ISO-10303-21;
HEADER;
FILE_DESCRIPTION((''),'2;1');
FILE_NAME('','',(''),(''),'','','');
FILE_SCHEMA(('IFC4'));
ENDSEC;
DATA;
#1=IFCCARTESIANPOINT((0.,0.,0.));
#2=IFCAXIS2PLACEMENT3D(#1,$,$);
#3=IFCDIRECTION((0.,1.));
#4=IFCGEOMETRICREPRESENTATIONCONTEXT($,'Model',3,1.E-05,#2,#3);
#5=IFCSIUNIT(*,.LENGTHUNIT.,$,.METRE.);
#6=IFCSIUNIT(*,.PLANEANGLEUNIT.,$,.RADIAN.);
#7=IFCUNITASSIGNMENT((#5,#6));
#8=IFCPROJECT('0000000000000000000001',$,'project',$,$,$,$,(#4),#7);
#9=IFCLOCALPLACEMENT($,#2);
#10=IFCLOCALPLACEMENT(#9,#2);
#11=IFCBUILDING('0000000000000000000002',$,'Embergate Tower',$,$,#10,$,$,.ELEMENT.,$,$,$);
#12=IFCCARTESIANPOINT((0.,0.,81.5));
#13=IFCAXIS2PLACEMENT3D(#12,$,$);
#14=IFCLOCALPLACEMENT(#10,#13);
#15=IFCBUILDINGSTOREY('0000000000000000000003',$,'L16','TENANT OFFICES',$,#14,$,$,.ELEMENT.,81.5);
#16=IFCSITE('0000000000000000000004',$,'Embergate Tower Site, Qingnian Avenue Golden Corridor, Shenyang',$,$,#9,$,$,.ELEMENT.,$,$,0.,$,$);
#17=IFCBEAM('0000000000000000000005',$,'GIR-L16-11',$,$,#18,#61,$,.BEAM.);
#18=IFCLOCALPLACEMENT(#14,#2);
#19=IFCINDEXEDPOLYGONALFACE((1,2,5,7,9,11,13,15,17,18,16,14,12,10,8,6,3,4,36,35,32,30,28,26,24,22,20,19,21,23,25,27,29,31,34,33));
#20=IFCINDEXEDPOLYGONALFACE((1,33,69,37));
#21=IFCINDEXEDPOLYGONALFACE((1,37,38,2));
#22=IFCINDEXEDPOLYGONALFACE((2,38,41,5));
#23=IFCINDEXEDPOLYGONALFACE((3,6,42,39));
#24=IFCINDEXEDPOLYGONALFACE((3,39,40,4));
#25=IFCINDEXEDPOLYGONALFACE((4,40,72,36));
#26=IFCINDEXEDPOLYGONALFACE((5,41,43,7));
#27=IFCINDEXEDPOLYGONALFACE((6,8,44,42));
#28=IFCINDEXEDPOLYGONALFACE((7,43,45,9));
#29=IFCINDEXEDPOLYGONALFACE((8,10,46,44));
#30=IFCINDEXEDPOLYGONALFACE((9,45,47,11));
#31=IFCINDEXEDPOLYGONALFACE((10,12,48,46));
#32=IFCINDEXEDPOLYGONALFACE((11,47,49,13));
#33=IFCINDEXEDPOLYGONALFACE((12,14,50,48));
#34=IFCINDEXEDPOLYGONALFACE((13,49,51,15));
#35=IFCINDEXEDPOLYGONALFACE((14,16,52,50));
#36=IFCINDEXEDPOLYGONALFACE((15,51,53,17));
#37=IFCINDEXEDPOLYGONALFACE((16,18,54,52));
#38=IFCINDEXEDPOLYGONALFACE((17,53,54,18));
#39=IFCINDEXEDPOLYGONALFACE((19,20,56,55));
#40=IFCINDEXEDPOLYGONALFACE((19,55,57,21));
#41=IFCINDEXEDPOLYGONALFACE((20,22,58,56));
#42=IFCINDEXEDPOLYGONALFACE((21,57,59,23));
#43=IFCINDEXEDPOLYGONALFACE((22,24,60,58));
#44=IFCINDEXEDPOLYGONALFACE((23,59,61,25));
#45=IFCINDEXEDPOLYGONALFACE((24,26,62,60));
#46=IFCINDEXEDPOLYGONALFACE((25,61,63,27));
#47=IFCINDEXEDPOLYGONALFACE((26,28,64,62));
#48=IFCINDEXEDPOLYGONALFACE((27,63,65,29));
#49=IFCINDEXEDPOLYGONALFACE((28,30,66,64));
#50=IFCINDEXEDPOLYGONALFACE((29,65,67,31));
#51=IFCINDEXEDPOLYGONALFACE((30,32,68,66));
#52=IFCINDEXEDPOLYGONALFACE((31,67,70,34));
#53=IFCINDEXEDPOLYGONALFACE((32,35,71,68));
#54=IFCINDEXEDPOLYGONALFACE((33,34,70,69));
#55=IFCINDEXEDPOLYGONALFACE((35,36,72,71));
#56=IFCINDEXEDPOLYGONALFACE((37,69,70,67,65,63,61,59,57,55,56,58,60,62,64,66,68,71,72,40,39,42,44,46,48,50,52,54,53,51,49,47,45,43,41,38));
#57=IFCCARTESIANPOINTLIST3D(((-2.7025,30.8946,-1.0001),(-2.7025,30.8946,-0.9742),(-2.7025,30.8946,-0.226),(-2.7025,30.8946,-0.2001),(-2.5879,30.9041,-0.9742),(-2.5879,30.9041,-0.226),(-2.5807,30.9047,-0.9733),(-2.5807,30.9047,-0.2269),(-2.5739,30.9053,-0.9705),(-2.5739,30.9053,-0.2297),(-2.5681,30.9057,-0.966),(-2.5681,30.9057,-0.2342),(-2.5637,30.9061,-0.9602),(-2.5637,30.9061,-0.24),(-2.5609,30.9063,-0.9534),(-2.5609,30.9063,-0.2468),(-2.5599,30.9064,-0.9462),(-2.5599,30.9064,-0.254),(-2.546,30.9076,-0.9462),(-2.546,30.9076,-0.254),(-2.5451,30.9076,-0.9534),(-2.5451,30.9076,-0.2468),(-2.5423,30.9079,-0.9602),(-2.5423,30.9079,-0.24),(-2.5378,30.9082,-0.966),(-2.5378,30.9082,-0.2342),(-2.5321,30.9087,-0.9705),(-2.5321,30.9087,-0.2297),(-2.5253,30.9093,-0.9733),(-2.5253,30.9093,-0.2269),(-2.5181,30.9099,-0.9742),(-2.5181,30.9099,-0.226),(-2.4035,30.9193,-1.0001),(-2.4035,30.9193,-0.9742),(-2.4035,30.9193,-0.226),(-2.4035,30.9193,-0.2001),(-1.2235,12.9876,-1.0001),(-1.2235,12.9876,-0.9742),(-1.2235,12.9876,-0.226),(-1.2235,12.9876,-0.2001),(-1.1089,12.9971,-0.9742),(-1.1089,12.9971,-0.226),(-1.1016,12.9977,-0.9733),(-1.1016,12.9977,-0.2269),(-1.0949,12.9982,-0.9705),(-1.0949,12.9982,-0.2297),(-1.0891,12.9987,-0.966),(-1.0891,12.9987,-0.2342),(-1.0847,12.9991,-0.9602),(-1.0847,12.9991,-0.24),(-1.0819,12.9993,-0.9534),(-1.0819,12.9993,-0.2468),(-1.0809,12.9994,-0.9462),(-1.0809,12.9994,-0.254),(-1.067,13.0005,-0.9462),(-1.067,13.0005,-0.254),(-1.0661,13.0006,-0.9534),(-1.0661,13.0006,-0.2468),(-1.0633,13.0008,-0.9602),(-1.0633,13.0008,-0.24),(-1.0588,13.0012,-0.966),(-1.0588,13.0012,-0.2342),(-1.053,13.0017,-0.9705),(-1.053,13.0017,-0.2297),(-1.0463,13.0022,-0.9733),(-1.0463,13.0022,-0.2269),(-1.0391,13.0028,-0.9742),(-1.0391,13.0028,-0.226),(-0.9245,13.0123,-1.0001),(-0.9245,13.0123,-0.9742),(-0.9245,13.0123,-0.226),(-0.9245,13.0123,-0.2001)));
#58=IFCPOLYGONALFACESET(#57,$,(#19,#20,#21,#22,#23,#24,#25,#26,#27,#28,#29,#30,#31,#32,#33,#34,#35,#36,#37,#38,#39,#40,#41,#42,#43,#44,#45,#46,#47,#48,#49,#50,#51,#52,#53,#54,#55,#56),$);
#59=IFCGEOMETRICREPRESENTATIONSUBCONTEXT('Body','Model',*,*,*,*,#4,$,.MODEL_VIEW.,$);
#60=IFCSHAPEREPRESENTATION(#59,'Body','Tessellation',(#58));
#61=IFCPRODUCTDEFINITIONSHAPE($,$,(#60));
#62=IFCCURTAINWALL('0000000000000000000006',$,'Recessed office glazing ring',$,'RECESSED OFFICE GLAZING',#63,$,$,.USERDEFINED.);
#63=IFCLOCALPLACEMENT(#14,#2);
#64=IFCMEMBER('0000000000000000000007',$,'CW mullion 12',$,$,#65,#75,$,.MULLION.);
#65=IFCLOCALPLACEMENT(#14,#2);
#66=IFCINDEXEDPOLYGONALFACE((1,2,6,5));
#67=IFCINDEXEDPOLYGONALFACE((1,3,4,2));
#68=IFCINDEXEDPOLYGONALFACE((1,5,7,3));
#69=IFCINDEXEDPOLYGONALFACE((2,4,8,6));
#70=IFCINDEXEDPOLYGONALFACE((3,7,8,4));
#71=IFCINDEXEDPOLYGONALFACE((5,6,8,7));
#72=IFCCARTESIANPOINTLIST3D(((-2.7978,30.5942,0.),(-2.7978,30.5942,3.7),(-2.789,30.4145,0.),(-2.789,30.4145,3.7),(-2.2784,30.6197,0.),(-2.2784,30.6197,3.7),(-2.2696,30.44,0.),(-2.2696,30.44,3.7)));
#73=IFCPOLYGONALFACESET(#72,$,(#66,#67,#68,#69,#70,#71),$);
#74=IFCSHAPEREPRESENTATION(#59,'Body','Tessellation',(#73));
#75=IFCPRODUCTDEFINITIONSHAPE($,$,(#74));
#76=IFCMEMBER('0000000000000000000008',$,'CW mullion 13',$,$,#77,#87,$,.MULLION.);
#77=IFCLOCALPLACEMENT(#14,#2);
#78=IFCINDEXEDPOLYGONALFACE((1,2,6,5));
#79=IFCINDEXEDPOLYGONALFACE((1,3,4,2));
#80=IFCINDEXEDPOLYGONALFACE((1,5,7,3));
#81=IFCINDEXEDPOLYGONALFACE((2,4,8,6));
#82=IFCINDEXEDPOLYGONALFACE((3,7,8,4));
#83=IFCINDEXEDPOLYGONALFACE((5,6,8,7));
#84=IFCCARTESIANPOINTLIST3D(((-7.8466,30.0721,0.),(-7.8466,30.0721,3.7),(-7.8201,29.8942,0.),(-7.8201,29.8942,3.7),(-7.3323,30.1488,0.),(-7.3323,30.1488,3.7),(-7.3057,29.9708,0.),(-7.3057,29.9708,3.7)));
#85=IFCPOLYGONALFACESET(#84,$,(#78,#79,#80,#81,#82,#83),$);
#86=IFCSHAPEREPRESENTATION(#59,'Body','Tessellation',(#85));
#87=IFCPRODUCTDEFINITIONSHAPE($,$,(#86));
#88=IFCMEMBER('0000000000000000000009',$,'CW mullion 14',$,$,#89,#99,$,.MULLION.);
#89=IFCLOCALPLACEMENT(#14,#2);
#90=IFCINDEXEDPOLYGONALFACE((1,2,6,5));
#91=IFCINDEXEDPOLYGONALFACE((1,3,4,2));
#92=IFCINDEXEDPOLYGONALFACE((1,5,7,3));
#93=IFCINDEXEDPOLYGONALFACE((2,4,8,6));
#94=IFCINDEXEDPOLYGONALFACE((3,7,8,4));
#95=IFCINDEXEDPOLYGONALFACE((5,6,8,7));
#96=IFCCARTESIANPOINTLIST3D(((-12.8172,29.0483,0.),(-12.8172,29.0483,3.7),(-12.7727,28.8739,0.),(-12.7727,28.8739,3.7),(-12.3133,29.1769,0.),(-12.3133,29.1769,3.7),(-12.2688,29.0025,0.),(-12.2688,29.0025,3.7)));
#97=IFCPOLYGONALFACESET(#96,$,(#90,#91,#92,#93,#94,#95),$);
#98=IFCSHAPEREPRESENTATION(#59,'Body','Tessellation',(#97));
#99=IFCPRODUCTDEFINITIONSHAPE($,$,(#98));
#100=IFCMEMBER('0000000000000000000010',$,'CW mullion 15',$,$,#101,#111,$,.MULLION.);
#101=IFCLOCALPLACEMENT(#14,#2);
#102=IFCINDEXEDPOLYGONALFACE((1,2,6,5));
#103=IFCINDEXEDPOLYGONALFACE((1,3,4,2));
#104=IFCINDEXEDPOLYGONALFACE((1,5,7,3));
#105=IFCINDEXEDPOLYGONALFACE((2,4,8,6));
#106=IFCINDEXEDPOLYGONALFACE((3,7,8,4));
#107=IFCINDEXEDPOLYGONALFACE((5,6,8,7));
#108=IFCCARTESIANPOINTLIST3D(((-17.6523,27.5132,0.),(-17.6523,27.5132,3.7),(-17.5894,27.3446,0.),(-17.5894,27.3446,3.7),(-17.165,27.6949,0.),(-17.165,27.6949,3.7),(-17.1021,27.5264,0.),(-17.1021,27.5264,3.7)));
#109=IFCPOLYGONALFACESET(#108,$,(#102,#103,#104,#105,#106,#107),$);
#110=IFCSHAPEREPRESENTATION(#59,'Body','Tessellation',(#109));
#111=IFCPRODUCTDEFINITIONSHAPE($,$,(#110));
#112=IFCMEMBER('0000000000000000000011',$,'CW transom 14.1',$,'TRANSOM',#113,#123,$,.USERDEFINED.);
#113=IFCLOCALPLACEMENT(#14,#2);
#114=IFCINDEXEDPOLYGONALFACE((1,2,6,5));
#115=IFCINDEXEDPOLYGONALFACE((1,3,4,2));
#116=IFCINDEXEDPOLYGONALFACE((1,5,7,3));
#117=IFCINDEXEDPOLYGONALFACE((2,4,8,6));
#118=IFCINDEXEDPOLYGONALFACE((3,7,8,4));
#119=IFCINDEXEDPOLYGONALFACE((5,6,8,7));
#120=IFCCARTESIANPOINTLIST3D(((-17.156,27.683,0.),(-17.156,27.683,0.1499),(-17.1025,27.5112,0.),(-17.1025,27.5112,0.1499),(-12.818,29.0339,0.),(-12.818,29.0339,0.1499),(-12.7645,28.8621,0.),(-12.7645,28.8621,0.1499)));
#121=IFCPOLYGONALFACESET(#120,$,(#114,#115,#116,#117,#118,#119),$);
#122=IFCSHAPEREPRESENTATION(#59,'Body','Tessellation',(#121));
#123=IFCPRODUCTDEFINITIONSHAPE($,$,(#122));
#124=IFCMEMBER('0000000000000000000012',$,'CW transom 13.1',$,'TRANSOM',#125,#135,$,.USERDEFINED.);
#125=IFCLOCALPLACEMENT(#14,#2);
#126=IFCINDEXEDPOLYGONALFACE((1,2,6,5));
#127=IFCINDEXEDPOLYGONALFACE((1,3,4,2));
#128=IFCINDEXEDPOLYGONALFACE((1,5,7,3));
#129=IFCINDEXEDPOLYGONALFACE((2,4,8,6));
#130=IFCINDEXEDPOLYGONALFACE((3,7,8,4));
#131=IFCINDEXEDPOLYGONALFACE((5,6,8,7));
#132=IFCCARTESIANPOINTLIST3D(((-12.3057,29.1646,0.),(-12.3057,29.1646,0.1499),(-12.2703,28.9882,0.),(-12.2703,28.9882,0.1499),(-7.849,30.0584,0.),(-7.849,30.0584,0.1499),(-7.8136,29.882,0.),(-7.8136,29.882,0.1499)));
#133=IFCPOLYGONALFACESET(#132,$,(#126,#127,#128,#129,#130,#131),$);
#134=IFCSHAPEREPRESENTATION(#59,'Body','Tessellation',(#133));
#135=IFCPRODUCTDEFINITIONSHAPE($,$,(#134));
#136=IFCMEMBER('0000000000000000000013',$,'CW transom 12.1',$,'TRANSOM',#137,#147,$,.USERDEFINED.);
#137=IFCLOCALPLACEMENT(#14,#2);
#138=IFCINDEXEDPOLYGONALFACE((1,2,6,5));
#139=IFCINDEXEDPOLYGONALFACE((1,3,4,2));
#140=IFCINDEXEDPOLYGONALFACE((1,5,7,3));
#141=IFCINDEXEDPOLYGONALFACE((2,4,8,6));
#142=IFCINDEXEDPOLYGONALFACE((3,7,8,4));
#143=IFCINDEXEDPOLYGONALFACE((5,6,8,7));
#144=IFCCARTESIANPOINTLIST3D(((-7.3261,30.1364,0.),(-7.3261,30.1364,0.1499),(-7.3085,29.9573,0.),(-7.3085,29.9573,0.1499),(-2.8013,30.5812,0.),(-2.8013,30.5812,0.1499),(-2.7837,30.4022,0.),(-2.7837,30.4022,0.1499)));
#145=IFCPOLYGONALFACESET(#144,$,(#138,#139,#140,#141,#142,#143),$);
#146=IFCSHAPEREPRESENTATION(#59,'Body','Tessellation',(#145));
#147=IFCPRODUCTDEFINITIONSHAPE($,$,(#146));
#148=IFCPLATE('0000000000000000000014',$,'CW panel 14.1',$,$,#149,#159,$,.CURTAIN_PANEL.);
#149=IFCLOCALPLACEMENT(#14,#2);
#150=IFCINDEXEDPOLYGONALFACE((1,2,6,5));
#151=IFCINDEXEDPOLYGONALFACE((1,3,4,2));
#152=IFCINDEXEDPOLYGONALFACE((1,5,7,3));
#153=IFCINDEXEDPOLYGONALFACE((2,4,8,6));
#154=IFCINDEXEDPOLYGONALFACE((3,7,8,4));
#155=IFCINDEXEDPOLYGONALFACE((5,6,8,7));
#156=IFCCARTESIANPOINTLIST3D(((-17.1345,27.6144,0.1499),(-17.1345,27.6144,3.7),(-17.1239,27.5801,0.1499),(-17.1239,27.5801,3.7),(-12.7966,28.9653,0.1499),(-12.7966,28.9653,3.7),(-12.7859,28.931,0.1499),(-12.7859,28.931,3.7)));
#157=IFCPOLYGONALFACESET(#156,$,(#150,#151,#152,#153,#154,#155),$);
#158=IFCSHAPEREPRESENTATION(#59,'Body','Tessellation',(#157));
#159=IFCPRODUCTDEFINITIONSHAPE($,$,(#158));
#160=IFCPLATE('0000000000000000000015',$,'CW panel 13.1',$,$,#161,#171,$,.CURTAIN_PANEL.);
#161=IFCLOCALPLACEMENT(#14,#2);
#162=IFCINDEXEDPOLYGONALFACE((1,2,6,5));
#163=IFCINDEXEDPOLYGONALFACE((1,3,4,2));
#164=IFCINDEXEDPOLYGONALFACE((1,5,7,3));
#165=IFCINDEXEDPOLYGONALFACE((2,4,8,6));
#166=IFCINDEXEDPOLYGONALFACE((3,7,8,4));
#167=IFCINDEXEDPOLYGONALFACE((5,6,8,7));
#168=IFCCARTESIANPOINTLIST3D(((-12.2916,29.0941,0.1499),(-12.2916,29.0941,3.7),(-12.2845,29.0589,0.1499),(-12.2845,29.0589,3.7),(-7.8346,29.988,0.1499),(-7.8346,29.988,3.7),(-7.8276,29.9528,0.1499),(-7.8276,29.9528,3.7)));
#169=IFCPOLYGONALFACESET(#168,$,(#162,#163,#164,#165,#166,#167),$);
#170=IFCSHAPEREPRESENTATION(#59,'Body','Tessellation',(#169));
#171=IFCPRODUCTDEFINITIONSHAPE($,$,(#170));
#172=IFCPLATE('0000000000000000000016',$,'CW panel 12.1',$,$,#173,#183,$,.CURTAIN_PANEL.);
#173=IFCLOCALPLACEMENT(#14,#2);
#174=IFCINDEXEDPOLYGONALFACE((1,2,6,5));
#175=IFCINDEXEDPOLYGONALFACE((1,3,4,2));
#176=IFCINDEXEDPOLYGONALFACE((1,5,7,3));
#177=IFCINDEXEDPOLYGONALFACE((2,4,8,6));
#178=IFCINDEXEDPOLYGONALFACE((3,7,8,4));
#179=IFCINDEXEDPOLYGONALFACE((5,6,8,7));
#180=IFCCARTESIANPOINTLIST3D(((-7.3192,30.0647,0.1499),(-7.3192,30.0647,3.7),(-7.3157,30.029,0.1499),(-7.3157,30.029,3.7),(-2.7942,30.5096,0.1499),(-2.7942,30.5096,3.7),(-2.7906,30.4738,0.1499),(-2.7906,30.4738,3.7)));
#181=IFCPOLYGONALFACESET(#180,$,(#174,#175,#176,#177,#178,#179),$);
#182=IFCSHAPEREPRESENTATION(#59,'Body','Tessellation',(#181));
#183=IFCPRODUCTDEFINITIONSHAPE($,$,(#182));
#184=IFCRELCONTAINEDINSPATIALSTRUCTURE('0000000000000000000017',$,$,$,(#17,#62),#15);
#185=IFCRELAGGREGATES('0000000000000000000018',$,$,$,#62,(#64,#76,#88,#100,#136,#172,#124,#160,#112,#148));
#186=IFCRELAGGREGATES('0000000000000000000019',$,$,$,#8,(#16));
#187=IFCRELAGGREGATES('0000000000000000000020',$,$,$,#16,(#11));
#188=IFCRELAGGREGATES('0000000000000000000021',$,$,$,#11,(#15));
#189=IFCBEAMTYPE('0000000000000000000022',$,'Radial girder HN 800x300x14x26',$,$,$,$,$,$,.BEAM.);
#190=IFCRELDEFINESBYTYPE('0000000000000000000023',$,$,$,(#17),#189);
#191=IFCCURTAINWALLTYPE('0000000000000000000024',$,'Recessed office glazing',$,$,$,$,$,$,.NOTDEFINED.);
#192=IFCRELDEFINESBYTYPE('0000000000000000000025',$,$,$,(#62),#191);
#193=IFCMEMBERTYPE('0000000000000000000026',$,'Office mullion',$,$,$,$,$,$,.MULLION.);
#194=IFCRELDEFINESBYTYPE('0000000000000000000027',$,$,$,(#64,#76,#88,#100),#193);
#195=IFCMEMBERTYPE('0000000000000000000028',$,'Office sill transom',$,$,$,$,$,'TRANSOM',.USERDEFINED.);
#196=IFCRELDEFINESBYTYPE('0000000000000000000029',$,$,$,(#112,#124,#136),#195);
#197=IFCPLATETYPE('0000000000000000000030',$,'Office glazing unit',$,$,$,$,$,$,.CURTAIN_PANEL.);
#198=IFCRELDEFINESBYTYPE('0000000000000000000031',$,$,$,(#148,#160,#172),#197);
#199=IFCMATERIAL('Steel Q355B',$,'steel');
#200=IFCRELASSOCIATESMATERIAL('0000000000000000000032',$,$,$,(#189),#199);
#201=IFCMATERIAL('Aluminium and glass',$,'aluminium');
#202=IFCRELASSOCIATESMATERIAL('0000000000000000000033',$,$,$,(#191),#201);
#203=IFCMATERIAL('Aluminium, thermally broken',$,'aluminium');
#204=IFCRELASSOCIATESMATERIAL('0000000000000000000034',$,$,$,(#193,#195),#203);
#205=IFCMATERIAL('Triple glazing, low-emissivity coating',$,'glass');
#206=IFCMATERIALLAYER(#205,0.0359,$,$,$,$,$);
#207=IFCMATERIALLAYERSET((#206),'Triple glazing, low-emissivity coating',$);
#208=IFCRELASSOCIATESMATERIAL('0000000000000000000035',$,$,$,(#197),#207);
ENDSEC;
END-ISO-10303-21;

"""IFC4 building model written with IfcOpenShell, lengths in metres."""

from ifc_helpers import new_model, si_unit, direction, frame, origin, origin_2d, place, context, subcontext, project, spatial, rectangle, i_section, extrude, source, transform, mapped, material, layer, layer_set, material_profile, profile_set, type_object, element, aggregate, save


model = new_model("IFC4")

# Units and contexts
model_context = context("Model", 3, precision=1e-05, world=origin(), true_north=direction((0.0, 1.0)))
body_context = subcontext(model_context, "Body", "Model", "MODEL_VIEW")
ifc_project = project(units=[si_unit("LENGTHUNIT", "METRE"), si_unit("PLANEANGLEUNIT", "RADIAN")], contexts=[model_context])

# Site, building, storey
site_placement = place(None, origin())
site = spatial("IfcSite", under=ifc_project, at=site_placement, Name="Embergate Tower Site, Qingnian Avenue Golden Corridor, Shenyang", CompositionType="ELEMENT", RefElevation=0.0)
building_placement = place(site_placement, origin())
building = spatial("IfcBuilding", under=site, at=building_placement, Name="Embergate Tower", CompositionType="ELEMENT")
storey_placement = place(building_placement, frame((0.0, 0.0, 81.5)))
storey = spatial("IfcBuildingStorey", under=building, at=storey_placement, Name="L16", Description="TENANT OFFICES", CompositionType="ELEMENT", Elevation=81.5)

# Beam
ifc_material_1 = material(Name="Steel Q355B", Category="steel")
ifc_material_profile_1 = material_profile(ifc_material_1, i_section(OverallWidth=0.3, OverallDepth=0.8, WebThickness=0.0139, FlangeThickness=0.0259, FilletRadius=0.0281, at=origin_2d()), Name="HN 800x300x14x26")
ifc_profile_set_1 = profile_set([ifc_material_profile_1], Name="Steel Q355 grade B")
beam_type_1 = type_object("IfcBeamType", Name="Radial girder HN 800x300x14x26", PredefinedType="BEAM", material=ifc_profile_set_1)
shared_shape_1 = source(origin(), body_context, "Body", "SweptSolid", [
    extrude(i_section(OverallWidth=0.3, OverallDepth=0.8, WebThickness=0.0139, FlangeThickness=0.0259, FilletRadius=0.0281, at=origin_2d()), origin(), (0.0, 0.0, 1.0), 17.968),
])
beam_1_placement = place(storey_placement, frame((-2.553, 30.907, -0.6001), z_axis=(0.082313, -0.996606, 0.0), x_axis=(0.996606, 0.082313, 0.0)))
element("IfcBeam", 1, at=beam_1_placement, inside=storey, type_object=beam_type_1, Name="GIR-L16-11", PredefinedType="BEAM", context=body_context, shape_type="MappedRepresentation", body=[
    mapped(shared_shape_1, transform((0.0, 0.0, 0.0))),
])

# Curtain wall, members, plates
ifc_material_2 = material(Name="Aluminium and glass", Category="aluminium")
curtain_wall_type = type_object("IfcCurtainWallType", Name="Recessed office glazing", PredefinedType="NOTDEFINED", material=ifc_material_2)
curtain_wall_placement = place(storey_placement, origin())
curtain_wall = element("IfcCurtainWall", 2, at=curtain_wall_placement, inside=storey, type_object=curtain_wall_type, Name="Recessed office glazing ring", ObjectType="RECESSED OFFICE GLAZING", PredefinedType="USERDEFINED")
ifc_material_3 = material(Name="Aluminium, thermally broken", Category="aluminium")
ifc_material_profile_2 = material_profile(ifc_material_3, rectangle(XDim=0.1799, YDim=0.52, at=origin_2d()), Name="AL 520x180")
ifc_profile_set_2 = profile_set([ifc_material_profile_2], Name="Aluminium, thermally broken")
member_type_1 = type_object("IfcMemberType", Name="Office mullion", PredefinedType="MULLION", material=ifc_profile_set_2)
shared_shape_2 = source(origin(), body_context, "Body", "SweptSolid", [
    extrude(rectangle(XDim=0.1799, YDim=0.52, at=origin_2d()), origin(), (0.0, 0.0, 1.0), 3.7),
])
member_1_placement = place(storey_placement, frame((-2.5337, 30.5171, 0.0), z_axis=(0.0, 0.0, 1.0), x_axis=(0.048972, -0.9988, 0.0)))
member_1 = element("IfcMember", 3, at=member_1_placement, type_object=member_type_1, Name="CW mullion 12", PredefinedType="MULLION", context=body_context, shape_type="MappedRepresentation", body=[
    mapped(shared_shape_2, transform((0.0, 0.0, 0.0))),
])
member_2_placement = place(storey_placement, frame((-7.5762, 30.0215, 0.0), z_axis=(0.0, 0.0, 1.0), x_axis=(0.147412, -0.989075, 0.0)))
member_2 = element("IfcMember", 4, at=member_2_placement, type_object=member_type_1, Name="CW mullion 13", PredefinedType="MULLION", context=body_context, shape_type="MappedRepresentation", body=[
    mapped(shared_shape_2, transform((0.0, 0.0, 0.0))),
])
member_3_placement = place(storey_placement, frame((-12.543, 29.0254, 0.0), z_axis=(0.0, 0.0, 1.0), x_axis=(0.247312, -0.968936, 0.0)))
member_3 = element("IfcMember", 5, at=member_3_placement, type_object=member_type_1, Name="CW mullion 14", PredefinedType="MULLION", context=body_context, shape_type="MappedRepresentation", body=[
    mapped(shared_shape_2, transform((0.0, 0.0, 0.0))),
])
member_4_placement = place(storey_placement, frame((-17.3772, 27.5198, 0.0), z_axis=(0.0, 0.0, 1.0), x_axis=(0.349503, -0.936935, 0.0)))
member_4 = element("IfcMember", 6, at=member_4_placement, type_object=member_type_1, Name="CW mullion 15", PredefinedType="MULLION", context=body_context, shape_type="MappedRepresentation", body=[
    mapped(shared_shape_2, transform((0.0, 0.0, 0.0))),
])
ifc_material_profile_3 = material_profile(ifc_material_3, rectangle(XDim=0.1799, YDim=0.1499, at=origin_2d()), Name="AL 150x180")
ifc_profile_set_3 = profile_set([ifc_material_profile_3], Name="Aluminium, thermally broken")
member_type_2 = type_object("IfcMemberType", Name="Office sill transom", ElementType="TRANSOM", PredefinedType="USERDEFINED", material=ifc_profile_set_3)
shared_shape_3 = source(origin(), body_context, "Body", "SweptSolid", [
    extrude(rectangle(XDim=0.1799, YDim=0.1499, at=origin_2d()), origin(), (0.0, 0.0, 1.0), 4.5435),
])
member_5_placement = place(storey_placement, frame((-12.7913, 28.948, 0.075), z_axis=(-0.954778, -0.29732, 0.0), x_axis=(0.29732, -0.954778, 0.0)))
member_5 = element("IfcMember", 7, at=member_5_placement, type_object=member_type_2, Name="CW transom 14.1", ObjectType="TRANSOM", PredefinedType="USERDEFINED", context=body_context, shape_type="MappedRepresentation", body=[
    mapped(shared_shape_3, transform((0.0, 0.0, 0.0))),
])
shared_shape_4 = source(origin(), body_context, "Body", "SweptSolid", [
    extrude(rectangle(XDim=0.1799, YDim=0.1499, at=origin_2d()), origin(), (0.0, 0.0, 1.0), 4.5454),
])
member_6_placement = place(storey_placement, frame((-7.8313, 29.9702, 0.075), z_axis=(-0.980477, -0.196633, 0.0), x_axis=(0.196633, -0.980477, 0.0)))
member_6 = element("IfcMember", 8, at=member_6_placement, type_object=member_type_2, Name="CW transom 13.1", ObjectType="TRANSOM", PredefinedType="USERDEFINED", context=body_context, shape_type="MappedRepresentation", body=[
    mapped(shared_shape_4, transform((0.0, 0.0, 0.0))),
])
shared_shape_5 = source(origin(), body_context, "Body", "SweptSolid", [
    extrude(rectangle(XDim=0.1799, YDim=0.1499, at=origin_2d()), origin(), (0.0, 0.0, 1.0), 4.5466),
])
member_7_placement = place(storey_placement, frame((-2.7925, 30.4917, 0.075), z_axis=(-0.995203, -0.097834, 0.0), x_axis=(0.097834, -0.995203, 0.0)))
member_7 = element("IfcMember", 9, at=member_7_placement, type_object=member_type_2, Name="CW transom 12.1", ObjectType="TRANSOM", PredefinedType="USERDEFINED", context=body_context, shape_type="MappedRepresentation", body=[
    mapped(shared_shape_5, transform((0.0, 0.0, 0.0))),
])
ifc_material_4 = material(Name="Triple glazing, low-emissivity coating", Category="glass")
ifc_layer_1 = layer(ifc_material_4, 0.0359)
ifc_layer_set_1 = layer_set([ifc_layer_1], Name="Triple glazing, low-emissivity coating")
plate_type = type_object("IfcPlateType", Name="Office glazing unit", PredefinedType="CURTAIN_PANEL", material=ifc_layer_set_1)
shared_shape_6 = source(origin(), body_context, "Body", "SweptSolid", [
    extrude(rectangle(XDim=4.5435, YDim=0.0359, at=origin_2d()), origin(), (0.0, 0.0, 1.0), 3.55),
])
plate_1_placement = place(storey_placement, frame((-14.9602, 28.2727, 0.1499), z_axis=(0.0, 0.0, 1.0), x_axis=(-0.954772, -0.297338, 0.0)))
plate_1 = element("IfcPlate", 10, at=plate_1_placement, type_object=plate_type, Name="CW panel 14.1", PredefinedType="CURTAIN_PANEL", context=body_context, shape_type="MappedRepresentation", body=[
    mapped(shared_shape_6, transform((0.0, 0.0, 0.0))),
])
shared_shape_7 = source(origin(), body_context, "Body", "SweptSolid", [
    extrude(rectangle(XDim=4.5457, YDim=0.0359, at=origin_2d()), origin(), (0.0, 0.0, 1.0), 3.55),
])
plate_2_placement = place(storey_placement, frame((-10.0596, 29.5234, 0.1499), z_axis=(0.0, 0.0, 1.0), x_axis=(-0.980476, -0.196639, 0.0)))
plate_2 = element("IfcPlate", 11, at=plate_2_placement, type_object=plate_type, Name="CW panel 13.1", PredefinedType="CURTAIN_PANEL", context=body_context, shape_type="MappedRepresentation", body=[
    mapped(shared_shape_7, transform((0.0, 0.0, 0.0))),
])
shared_shape_8 = source(origin(), body_context, "Body", "SweptSolid", [
    extrude(rectangle(XDim=4.5469, YDim=0.0359, at=origin_2d()), origin(), (0.0, 0.0, 1.0), 3.55),
])
plate_3_placement = place(storey_placement, frame((-5.0549, 30.2693, 0.1499), z_axis=(0.0, 0.0, 1.0), x_axis=(-0.995203, -0.09783, 0.0)))
plate_3 = element("IfcPlate", 12, at=plate_3_placement, type_object=plate_type, Name="CW panel 12.1", PredefinedType="CURTAIN_PANEL", context=body_context, shape_type="MappedRepresentation", body=[
    mapped(shared_shape_8, transform((0.0, 0.0, 0.0))),
])
aggregate(curtain_wall, [member_1, member_2, member_3, member_4, member_7, plate_3, member_6, plate_2, member_5, plate_1])

save(model, "model.ifc")
